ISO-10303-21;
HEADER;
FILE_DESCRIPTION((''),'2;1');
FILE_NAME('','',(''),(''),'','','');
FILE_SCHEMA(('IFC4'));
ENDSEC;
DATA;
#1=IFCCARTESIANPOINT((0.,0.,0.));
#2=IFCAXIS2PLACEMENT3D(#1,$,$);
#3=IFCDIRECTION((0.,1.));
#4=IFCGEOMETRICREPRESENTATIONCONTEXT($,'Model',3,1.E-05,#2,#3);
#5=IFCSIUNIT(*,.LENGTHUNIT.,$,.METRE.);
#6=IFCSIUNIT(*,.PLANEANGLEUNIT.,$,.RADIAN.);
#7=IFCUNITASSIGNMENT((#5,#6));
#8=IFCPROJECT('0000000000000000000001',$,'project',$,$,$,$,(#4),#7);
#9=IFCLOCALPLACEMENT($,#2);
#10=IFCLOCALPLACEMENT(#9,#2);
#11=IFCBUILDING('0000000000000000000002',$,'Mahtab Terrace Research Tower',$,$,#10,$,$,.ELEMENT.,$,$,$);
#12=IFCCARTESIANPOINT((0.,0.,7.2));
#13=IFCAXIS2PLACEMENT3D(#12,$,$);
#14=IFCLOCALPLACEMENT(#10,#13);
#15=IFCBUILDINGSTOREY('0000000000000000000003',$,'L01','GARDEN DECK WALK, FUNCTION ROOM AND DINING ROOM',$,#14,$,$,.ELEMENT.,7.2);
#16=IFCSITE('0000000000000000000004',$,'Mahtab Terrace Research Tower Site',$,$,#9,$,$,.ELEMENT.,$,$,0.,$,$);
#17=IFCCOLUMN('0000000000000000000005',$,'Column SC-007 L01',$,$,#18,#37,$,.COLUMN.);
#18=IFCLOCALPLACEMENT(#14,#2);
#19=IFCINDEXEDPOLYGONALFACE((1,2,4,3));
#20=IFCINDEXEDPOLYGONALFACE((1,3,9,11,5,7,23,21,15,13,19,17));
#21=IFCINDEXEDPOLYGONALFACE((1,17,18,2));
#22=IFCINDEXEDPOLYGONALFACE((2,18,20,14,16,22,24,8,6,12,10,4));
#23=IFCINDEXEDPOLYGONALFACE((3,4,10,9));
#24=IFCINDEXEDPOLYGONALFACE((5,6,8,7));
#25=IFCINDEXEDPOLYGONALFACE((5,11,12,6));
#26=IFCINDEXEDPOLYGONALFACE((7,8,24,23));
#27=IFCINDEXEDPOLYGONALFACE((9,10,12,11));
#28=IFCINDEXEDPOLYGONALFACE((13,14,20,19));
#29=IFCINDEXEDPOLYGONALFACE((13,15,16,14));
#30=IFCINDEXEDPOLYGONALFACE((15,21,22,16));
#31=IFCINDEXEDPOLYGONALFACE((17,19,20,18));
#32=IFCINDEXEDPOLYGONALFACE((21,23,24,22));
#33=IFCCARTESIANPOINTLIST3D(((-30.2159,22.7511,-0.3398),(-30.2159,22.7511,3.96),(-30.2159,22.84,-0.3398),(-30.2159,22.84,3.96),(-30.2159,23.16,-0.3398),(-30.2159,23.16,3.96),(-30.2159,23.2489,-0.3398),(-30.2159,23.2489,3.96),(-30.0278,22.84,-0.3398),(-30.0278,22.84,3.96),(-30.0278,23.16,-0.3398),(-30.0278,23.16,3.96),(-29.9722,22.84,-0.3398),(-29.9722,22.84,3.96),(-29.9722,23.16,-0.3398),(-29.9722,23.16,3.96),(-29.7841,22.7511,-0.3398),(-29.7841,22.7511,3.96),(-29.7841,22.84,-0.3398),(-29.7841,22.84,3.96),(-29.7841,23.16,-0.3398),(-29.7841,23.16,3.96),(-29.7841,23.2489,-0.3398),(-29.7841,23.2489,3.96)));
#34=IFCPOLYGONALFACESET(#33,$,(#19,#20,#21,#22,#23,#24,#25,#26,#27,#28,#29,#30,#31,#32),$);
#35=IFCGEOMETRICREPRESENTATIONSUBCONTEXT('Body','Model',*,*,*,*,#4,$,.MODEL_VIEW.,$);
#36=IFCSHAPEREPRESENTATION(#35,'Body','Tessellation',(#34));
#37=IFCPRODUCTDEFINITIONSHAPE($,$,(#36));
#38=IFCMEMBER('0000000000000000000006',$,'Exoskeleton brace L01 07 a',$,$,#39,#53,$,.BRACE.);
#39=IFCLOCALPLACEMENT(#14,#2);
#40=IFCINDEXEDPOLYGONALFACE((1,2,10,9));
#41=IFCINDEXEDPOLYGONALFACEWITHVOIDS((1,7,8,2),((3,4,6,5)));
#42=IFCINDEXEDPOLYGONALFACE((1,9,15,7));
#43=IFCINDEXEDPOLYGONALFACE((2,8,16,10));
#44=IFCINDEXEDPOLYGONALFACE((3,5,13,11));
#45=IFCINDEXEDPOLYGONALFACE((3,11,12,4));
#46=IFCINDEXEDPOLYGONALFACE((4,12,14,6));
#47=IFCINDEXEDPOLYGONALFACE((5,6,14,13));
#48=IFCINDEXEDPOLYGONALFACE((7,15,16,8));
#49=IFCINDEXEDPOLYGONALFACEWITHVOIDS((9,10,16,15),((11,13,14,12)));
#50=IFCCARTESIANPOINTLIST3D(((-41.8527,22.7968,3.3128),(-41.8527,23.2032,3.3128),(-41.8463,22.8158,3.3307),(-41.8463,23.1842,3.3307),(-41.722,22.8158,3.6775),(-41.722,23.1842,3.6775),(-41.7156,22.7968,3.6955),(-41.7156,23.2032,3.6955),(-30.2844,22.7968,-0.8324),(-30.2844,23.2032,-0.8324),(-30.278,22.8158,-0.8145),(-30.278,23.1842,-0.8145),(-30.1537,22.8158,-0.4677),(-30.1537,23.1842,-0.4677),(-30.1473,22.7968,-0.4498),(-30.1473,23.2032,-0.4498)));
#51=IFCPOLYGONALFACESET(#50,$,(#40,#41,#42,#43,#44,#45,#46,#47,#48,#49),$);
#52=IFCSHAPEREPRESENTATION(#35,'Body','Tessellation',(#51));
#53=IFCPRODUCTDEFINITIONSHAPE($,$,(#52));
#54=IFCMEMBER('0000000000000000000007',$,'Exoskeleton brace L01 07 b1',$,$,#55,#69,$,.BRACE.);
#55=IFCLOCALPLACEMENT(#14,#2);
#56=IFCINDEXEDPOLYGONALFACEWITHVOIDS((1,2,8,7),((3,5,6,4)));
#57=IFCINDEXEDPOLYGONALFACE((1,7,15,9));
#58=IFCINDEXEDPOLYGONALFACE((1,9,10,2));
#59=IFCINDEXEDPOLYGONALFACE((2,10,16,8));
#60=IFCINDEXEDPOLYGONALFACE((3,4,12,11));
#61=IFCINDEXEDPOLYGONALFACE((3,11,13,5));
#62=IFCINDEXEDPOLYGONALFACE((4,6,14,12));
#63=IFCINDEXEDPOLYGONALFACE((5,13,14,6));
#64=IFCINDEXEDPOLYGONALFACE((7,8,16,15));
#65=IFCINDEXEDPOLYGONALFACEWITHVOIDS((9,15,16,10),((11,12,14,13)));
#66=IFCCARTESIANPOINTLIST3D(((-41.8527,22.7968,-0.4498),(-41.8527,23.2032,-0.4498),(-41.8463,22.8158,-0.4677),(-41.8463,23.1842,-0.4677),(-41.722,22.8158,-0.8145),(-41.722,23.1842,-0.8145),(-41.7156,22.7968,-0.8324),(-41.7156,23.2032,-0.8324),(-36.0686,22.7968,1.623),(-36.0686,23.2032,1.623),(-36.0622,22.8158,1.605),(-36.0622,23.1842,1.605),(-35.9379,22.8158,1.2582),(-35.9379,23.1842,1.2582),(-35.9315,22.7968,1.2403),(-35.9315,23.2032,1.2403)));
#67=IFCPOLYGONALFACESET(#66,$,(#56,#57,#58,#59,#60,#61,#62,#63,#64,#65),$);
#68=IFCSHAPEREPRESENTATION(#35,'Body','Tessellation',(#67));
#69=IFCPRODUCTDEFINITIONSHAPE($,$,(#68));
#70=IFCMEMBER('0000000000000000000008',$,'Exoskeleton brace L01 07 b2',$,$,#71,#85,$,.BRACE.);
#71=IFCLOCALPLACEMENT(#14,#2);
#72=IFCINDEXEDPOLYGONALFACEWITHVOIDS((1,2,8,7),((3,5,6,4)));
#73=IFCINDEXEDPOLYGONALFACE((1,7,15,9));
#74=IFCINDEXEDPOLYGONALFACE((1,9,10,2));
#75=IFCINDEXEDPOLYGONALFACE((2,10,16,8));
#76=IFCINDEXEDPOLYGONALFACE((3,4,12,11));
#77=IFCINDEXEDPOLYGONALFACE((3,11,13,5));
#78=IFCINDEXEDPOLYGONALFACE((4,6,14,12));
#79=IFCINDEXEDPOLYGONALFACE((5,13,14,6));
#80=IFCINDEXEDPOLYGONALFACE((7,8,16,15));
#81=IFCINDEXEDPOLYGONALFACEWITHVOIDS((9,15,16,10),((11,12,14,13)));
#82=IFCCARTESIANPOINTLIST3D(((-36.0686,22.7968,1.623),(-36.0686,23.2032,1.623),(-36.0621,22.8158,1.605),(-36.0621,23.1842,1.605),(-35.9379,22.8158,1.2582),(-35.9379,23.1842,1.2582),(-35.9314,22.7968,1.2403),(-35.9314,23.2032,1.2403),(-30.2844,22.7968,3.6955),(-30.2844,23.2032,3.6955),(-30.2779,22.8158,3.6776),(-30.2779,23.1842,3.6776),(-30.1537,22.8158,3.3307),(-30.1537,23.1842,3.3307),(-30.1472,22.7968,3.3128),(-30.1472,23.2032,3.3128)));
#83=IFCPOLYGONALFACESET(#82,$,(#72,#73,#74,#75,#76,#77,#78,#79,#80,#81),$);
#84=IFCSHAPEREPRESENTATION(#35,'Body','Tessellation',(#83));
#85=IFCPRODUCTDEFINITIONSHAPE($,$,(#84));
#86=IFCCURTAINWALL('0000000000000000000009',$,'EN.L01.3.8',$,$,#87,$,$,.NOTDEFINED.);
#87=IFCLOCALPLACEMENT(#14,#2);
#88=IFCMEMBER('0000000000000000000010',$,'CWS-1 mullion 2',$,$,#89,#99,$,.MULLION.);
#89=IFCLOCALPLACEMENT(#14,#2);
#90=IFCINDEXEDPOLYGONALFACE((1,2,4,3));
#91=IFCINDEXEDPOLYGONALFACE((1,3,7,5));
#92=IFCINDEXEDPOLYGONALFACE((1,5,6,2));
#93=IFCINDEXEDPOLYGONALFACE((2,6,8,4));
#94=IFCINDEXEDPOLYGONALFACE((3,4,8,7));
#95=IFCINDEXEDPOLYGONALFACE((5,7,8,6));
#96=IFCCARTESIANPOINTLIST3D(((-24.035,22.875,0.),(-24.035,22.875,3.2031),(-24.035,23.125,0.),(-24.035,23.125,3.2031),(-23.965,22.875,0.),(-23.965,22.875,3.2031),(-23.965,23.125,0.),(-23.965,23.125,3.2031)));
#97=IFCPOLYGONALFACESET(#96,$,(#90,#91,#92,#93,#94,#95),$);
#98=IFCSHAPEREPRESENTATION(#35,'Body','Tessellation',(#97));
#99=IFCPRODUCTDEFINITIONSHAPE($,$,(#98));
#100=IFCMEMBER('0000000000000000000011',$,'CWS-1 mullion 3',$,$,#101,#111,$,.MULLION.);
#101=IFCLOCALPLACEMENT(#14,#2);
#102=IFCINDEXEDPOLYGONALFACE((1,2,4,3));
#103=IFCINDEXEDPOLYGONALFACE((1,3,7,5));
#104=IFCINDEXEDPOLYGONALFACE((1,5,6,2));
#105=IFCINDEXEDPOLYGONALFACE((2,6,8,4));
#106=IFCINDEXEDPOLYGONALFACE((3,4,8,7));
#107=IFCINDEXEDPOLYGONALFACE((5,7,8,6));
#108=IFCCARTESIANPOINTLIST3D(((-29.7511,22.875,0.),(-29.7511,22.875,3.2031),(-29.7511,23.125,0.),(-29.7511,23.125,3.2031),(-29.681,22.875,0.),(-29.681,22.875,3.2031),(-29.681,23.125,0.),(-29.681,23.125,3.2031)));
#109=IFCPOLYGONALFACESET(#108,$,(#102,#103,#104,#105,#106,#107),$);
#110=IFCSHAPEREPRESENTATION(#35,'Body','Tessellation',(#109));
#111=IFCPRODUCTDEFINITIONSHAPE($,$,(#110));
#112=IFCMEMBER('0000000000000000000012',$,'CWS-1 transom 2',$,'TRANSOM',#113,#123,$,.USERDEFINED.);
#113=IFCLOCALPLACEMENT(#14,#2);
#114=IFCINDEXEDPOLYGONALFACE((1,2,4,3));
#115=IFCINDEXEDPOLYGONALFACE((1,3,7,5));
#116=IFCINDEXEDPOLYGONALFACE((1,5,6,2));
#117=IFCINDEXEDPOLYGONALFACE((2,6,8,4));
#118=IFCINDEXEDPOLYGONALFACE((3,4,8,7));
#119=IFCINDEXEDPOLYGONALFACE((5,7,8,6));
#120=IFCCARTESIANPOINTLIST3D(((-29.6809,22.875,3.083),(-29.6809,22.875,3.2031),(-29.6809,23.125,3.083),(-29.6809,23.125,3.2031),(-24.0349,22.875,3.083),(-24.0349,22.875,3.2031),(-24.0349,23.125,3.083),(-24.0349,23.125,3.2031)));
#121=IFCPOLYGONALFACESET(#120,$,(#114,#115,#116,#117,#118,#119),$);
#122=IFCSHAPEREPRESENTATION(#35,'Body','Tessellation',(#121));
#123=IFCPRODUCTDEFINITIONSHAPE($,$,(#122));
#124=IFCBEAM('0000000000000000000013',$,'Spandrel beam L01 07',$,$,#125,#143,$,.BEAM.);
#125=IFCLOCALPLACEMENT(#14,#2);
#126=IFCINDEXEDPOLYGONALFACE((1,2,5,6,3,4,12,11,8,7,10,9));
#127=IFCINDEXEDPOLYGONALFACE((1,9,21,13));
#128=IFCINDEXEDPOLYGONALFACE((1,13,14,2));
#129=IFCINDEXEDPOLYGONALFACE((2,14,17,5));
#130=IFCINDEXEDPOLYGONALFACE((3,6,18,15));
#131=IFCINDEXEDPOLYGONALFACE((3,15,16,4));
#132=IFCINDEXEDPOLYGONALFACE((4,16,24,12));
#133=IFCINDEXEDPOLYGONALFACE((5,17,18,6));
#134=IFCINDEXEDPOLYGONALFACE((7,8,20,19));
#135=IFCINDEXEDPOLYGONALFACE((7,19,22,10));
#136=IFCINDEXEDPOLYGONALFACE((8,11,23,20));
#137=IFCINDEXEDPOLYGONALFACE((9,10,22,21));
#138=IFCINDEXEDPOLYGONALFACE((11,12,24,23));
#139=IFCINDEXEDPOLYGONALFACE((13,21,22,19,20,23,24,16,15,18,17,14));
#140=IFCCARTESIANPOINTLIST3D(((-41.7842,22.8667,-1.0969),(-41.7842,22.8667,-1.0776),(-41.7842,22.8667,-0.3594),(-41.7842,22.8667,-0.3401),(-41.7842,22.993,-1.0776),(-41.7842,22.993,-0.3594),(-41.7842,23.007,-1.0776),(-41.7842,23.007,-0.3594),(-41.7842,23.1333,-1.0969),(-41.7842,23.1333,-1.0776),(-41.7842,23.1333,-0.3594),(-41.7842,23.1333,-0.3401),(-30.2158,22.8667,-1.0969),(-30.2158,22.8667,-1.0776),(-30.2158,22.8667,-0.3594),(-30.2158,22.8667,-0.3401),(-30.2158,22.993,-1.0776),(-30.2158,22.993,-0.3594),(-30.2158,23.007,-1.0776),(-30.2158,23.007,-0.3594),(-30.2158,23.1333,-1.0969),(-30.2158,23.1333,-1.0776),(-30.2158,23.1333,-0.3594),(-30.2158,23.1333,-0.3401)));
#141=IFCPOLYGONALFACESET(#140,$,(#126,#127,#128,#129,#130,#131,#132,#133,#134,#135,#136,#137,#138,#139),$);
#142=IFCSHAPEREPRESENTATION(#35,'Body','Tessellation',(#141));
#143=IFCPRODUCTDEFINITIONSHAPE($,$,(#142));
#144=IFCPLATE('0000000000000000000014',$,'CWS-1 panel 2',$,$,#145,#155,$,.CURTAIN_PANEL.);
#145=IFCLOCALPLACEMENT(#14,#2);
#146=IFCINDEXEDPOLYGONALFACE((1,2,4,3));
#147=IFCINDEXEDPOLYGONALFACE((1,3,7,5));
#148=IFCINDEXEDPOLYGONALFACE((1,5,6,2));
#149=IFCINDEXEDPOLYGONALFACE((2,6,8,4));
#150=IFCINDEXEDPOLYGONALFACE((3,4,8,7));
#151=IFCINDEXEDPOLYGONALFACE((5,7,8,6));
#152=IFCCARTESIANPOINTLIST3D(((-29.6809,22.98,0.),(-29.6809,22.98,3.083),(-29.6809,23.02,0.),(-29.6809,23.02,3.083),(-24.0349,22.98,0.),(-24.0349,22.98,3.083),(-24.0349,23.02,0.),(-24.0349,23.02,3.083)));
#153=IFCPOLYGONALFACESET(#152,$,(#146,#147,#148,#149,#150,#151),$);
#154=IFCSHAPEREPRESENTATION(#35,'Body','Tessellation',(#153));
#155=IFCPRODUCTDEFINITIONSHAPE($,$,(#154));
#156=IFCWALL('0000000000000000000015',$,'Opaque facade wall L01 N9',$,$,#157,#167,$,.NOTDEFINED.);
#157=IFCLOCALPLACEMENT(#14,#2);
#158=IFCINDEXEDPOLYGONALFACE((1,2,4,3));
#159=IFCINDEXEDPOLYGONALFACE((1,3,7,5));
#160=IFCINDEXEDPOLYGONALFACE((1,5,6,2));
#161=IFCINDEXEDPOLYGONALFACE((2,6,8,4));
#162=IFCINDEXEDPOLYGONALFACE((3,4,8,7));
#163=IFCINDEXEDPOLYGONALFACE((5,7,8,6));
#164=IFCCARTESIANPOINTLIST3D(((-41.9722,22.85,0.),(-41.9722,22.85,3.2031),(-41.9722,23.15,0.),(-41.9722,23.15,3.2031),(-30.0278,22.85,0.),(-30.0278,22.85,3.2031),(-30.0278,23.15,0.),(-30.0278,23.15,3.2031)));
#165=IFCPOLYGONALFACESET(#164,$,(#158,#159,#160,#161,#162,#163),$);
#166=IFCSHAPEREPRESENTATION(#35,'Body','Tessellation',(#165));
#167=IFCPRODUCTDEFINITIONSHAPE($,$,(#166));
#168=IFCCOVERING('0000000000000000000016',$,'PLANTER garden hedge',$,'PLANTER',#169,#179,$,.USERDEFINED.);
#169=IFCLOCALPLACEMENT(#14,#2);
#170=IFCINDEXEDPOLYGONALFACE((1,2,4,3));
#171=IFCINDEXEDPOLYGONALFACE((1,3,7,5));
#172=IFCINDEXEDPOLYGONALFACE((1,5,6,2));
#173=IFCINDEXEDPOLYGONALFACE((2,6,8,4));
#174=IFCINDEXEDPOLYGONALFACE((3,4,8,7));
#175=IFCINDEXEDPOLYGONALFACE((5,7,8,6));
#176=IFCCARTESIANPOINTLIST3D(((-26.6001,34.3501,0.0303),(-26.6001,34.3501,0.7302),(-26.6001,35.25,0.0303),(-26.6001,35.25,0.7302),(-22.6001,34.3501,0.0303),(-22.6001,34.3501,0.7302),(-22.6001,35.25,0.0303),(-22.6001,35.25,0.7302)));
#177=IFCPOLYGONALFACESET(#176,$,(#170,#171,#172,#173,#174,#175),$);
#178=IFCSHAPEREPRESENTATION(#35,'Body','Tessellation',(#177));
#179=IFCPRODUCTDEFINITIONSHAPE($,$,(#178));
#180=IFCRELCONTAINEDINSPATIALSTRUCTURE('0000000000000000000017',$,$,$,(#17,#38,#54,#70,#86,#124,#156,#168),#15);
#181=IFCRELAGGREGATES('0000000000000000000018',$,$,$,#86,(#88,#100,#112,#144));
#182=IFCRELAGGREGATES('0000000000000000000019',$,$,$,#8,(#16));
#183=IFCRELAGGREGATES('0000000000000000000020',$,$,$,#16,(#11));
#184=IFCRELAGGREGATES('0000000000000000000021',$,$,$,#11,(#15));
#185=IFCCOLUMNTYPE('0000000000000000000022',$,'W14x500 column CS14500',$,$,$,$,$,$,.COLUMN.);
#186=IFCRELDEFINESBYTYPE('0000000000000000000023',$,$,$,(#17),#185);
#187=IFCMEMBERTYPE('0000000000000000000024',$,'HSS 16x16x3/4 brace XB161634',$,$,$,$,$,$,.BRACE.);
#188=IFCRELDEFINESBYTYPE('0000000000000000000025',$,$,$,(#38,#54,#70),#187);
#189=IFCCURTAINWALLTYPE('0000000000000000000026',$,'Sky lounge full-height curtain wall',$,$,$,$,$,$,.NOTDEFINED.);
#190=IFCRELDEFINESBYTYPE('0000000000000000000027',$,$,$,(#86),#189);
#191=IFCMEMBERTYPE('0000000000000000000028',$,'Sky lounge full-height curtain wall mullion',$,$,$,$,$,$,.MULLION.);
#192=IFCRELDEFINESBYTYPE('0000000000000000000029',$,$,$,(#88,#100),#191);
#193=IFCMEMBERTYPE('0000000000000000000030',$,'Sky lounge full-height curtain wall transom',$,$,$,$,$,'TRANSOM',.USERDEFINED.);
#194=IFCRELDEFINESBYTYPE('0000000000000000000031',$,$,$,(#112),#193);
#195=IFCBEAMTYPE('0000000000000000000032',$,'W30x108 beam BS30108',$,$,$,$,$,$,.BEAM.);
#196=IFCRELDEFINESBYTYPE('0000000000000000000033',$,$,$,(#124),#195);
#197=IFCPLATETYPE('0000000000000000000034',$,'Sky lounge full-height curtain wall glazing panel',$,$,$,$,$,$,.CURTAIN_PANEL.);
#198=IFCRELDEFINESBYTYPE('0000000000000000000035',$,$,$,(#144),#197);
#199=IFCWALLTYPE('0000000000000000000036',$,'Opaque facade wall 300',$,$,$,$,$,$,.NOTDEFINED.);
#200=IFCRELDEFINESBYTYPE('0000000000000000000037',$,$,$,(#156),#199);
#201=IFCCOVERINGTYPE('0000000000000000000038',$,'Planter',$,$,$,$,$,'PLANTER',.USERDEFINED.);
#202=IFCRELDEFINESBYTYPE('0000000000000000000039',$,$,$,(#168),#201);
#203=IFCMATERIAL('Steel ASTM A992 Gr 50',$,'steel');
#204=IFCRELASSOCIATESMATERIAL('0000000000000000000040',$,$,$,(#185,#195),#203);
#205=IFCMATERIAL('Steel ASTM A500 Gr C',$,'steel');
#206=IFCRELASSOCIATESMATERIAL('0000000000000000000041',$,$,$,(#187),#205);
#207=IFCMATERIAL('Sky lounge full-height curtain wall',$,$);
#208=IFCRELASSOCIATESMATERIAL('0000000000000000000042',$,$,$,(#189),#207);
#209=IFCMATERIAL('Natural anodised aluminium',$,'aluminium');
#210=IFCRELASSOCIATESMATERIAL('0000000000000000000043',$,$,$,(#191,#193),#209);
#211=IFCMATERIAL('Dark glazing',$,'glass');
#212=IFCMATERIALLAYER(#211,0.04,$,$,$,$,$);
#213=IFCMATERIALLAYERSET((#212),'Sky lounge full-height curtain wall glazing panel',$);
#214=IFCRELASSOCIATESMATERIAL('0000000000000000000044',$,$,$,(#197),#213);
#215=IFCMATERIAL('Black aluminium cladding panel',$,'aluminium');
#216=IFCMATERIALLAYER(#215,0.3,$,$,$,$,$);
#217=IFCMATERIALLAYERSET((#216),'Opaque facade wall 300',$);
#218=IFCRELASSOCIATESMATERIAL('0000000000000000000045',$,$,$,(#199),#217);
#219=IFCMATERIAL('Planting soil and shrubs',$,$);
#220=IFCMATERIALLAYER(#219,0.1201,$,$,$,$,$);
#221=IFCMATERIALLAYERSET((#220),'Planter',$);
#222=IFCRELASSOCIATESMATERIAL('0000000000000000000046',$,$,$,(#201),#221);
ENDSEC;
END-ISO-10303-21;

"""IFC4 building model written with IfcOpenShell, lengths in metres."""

from ifc_helpers import new_model, si_unit, direction, frame, frame_2d, origin, origin_2d, place, context, subcontext, project, spatial, rectangle, hollow_rectangle, i_section, extrude, material, layer, layer_set, material_profile, profile_set, type_object, element, aggregate, save


model = new_model("IFC4")

# Units and contexts
model_context = context("Model", 3, precision=1e-05, world=origin(), true_north=direction((0.0, 1.0)))
body_context = subcontext(model_context, "Body", "Model", "MODEL_VIEW")
ifc_project = project(units=[si_unit("LENGTHUNIT", "METRE"), si_unit("PLANEANGLEUNIT", "RADIAN")], contexts=[model_context])

# Site, building, storey
site_placement = place(None, origin())
site = spatial("IfcSite", under=ifc_project, at=site_placement, Name="Mahtab Terrace Research Tower Site", CompositionType="ELEMENT", RefElevation=0.0)
building_placement = place(site_placement, origin())
building = spatial("IfcBuilding", under=site, at=building_placement, Name="Mahtab Terrace Research Tower", CompositionType="ELEMENT")
storey_placement = place(building_placement, frame((0.0, 0.0, 7.2)))
storey = spatial("IfcBuildingStorey", under=building, at=storey_placement, Name="L01", Description="GARDEN DECK WALK, FUNCTION ROOM AND DINING ROOM", CompositionType="ELEMENT", Elevation=7.2)

# Column
ifc_material_1 = material(Name="Steel ASTM A992 Gr 50", Category="steel")
ifc_material_profile_1 = material_profile(ifc_material_1, i_section(OverallWidth=0.4319, OverallDepth=0.4978, WebThickness=0.0557, FlangeThickness=0.0889, at=origin_2d()), Name="W14X500")
ifc_profile_set_1 = profile_set([ifc_material_profile_1], Name="Steel ASTM A992 Gr 50")
column_type = type_object("IfcColumnType", Name="W14x500 column CS14500", PredefinedType="COLUMN", material=ifc_profile_set_1)
column_placement = place(storey_placement, frame((-30.0, 23.0, -0.3398), z_axis=(0.0, 0.0, 1.0), x_axis=(1.0, 0.0, 0.0)))
element("IfcColumn", 1, at=column_placement, inside=storey, type_object=column_type, Name="Column SC-007 L01", PredefinedType="COLUMN", context=body_context, shape_type="SweptSolid", body=[
    extrude(i_section(OverallWidth=0.4319, OverallDepth=0.4978, WebThickness=0.0557, FlangeThickness=0.0889, at=origin_2d()), origin(), (0.0, 0.0, 1.0), 4.2998),
])

# Members
ifc_material_2 = material(Name="Steel ASTM A500 Gr C", Category="steel")
ifc_material_profile_2 = material_profile(ifc_material_2, hollow_rectangle(XDim=0.4065, YDim=0.4065, WallThickness=0.019, at=origin_2d()), Name="HSS16X16X3/4")
ifc_profile_set_2 = profile_set([ifc_material_profile_2], Name="Steel ASTM A500 Gr C")
member_type_1 = type_object("IfcMemberType", Name="HSS 16x16x3/4 brace XB161634", PredefinedType="BRACE", material=ifc_profile_set_2)
member_1_placement = place(storey_placement, frame((-30.2158, 23.0, -0.6411), z_axis=(-0.941388, 0.0, 0.337325), x_axis=(0.0, -1.0, 0.0)))
element("IfcMember", 2, at=member_1_placement, inside=storey, type_object=member_type_1, Name="Exoskeleton brace L01 07 a", PredefinedType="BRACE", context=body_context, shape_type="SweptSolid", body=[
    extrude(hollow_rectangle(XDim=0.4065, YDim=0.4065, WallThickness=0.019, at=origin_2d()), origin(), (0.0, 0.0, 1.0), 12.2886),
])
for number, where, z_axis, x_axis, name in (
    (3, (-41.7842, 23.0, -0.6411), (0.941382, 0.0, 0.337343), (0.0, 1.0, 0.0), "Exoskeleton brace L01 07 b1"),
    (4, (-36.0, 23.0, 1.4316), (0.941394, 0.0, 0.337308), (0.0, 1.0, 0.0), "Exoskeleton brace L01 07 b2"),
):
    element("IfcMember", number, at=place(storey_placement, frame(where, z_axis=z_axis, x_axis=x_axis)), inside=storey, type_object=member_type_1, Name=name, PredefinedType="BRACE", context=body_context, shape_type="SweptSolid", body=[
        extrude(hollow_rectangle(XDim=0.4065, YDim=0.4065, WallThickness=0.019, at=origin_2d()), origin(), (0.0, 0.0, 1.0), 6.1443),
    ])

# Curtain wall, members
ifc_material_3 = material(Name="Sky lounge full-height curtain wall")
curtain_wall_type = type_object("IfcCurtainWallType", Name="Sky lounge full-height curtain wall", PredefinedType="NOTDEFINED", material=ifc_material_3)
curtain_wall_placement = place(storey_placement, origin())
curtain_wall = element("IfcCurtainWall", 5, at=curtain_wall_placement, inside=storey, type_object=curtain_wall_type, Name="EN.L01.3.8", PredefinedType="NOTDEFINED")
ifc_material_4 = material(Name="Natural anodised aluminium", Category="aluminium")
ifc_material_profile_3 = material_profile(ifc_material_4, rectangle(XDim=0.25, YDim=0.0701, at=origin_2d()), Name="MULLION 70x250")
ifc_profile_set_3 = profile_set([ifc_material_profile_3], Name="Natural anodised aluminium")
member_type_2 = type_object("IfcMemberType", Name="Sky lounge full-height curtain wall mullion", PredefinedType="MULLION", material=ifc_profile_set_3)
member_2_placement = place(storey_placement, frame((-24.0, 23.0, 0.0), z_axis=(0.0, 0.0, 1.0), x_axis=(0.0, -1.0, 0.0)))
member_2 = element("IfcMember", 6, at=member_2_placement, type_object=member_type_2, Name="CWS-1 mullion 2", PredefinedType="MULLION", context=body_context, shape_type="SweptSolid", body=[
    extrude(rectangle(XDim=0.25, YDim=0.0701, at=origin_2d()), origin(), (0.0, 0.0, 1.0), 3.2031),
])
member_3_placement = place(storey_placement, frame((-29.7161, 23.0, 0.0), z_axis=(0.0, 0.0, 1.0), x_axis=(0.0, -1.0, 0.0)))
member_3 = element("IfcMember", 7, at=member_3_placement, type_object=member_type_2, Name="CWS-1 mullion 3", PredefinedType="MULLION", context=body_context, shape_type="SweptSolid", body=[
    extrude(rectangle(XDim=0.25, YDim=0.0701, at=origin_2d()), origin(), (0.0, 0.0, 1.0), 3.2031),
])
ifc_material_profile_4 = material_profile(ifc_material_4, rectangle(XDim=0.25, YDim=0.1201, at=origin_2d()), Name="TRANSOM 120x250")
ifc_profile_set_4 = profile_set([ifc_material_profile_4], Name="Natural anodised aluminium")
member_type_3 = type_object("IfcMemberType", Name="Sky lounge full-height curtain wall transom", ElementType="TRANSOM", PredefinedType="USERDEFINED", material=ifc_profile_set_4)
member_4_placement = place(storey_placement, frame((-24.0349, 23.0, 3.1431), z_axis=(-1.0, 0.0, 0.0), x_axis=(0.0, -1.0, 0.0)))
member_4 = element("IfcMember", 8, at=member_4_placement, type_object=member_type_3, Name="CWS-1 transom 2", ObjectType="TRANSOM", PredefinedType="USERDEFINED", context=body_context, shape_type="SweptSolid", body=[
    extrude(rectangle(XDim=0.25, YDim=0.1201, at=origin_2d()), origin(), (0.0, 0.0, 1.0), 5.646),
])

# Beam
ifc_material_profile_5 = material_profile(ifc_material_1, i_section(OverallWidth=0.2666, OverallDepth=0.7568, WebThickness=0.0139, FlangeThickness=0.0193, at=origin_2d()), Name="W30X108")
ifc_profile_set_5 = profile_set([ifc_material_profile_5], Name="Steel ASTM A992 Gr 50")
beam_type = type_object("IfcBeamType", Name="W30x108 beam BS30108", PredefinedType="BEAM", material=ifc_profile_set_5)
beam_placement = place(storey_placement, frame((-30.2158, 23.0, -0.7185), z_axis=(-1.0, 0.0, 0.0), x_axis=(0.0, -1.0, 0.0)))
element("IfcBeam", 9, at=beam_placement, inside=storey, type_object=beam_type, Name="Spandrel beam L01 07", PredefinedType="BEAM", context=body_context, shape_type="SweptSolid", body=[
    extrude(i_section(OverallWidth=0.2666, OverallDepth=0.7568, WebThickness=0.0139, FlangeThickness=0.0193, at=origin_2d()), origin(), (0.0, 0.0, 1.0), 11.5684),
])

# Plate
ifc_material_5 = material(Name="Dark glazing", Category="glass")
ifc_layer_1 = layer(ifc_material_5, 0.04)
ifc_layer_set_1 = layer_set([ifc_layer_1], Name="Sky lounge full-height curtain wall glazing panel")
plate_type = type_object("IfcPlateType", Name="Sky lounge full-height curtain wall glazing panel", PredefinedType="CURTAIN_PANEL", material=ifc_layer_set_1)
plate_placement = place(storey_placement, frame((-26.8579, 23.0, 0.0), z_axis=(0.0, 0.0, 1.0), x_axis=(-1.0, 0.0, 0.0)))
plate = element("IfcPlate", 10, at=plate_placement, type_object=plate_type, Name="CWS-1 panel 2", PredefinedType="CURTAIN_PANEL", context=body_context, shape_type="SweptSolid", body=[
    extrude(rectangle(XDim=5.646, YDim=0.04, at=origin_2d()), origin(), (0.0, 0.0, 1.0), 3.083),
])
aggregate(curtain_wall, [member_2, member_3, member_4, plate])

# Wall
ifc_material_6 = material(Name="Black aluminium cladding panel", Category="aluminium")
ifc_layer_2 = layer(ifc_material_6, 0.3)
ifc_layer_set_2 = layer_set([ifc_layer_2], Name="Opaque facade wall 300")
wall_type = type_object("IfcWallType", Name="Opaque facade wall 300", PredefinedType="NOTDEFINED", material=ifc_layer_set_2)
wall_placement = place(storey_placement, frame((-30.0278, 23.0, 0.0), z_axis=(0.0, 0.0, 1.0), x_axis=(-1.0, 0.0, 0.0)))
element("IfcWall", 11, at=wall_placement, inside=storey, type_object=wall_type, Name="Opaque facade wall L01 N9", PredefinedType="NOTDEFINED", context=body_context, shape_type="SweptSolid", body=[
    extrude(rectangle(XDim=11.9443, YDim=0.3, at=frame_2d((5.9722, 0.0))), origin(), (0.0, 0.0, 1.0), 3.2031),
])

# Covering
ifc_material_7 = material(Name="Planting soil and shrubs")
ifc_layer_3 = layer(ifc_material_7, 0.1201)
ifc_layer_set_3 = layer_set([ifc_layer_3], Name="Planter")
covering_type = type_object("IfcCoveringType", Name="Planter", ElementType="PLANTER", PredefinedType="USERDEFINED", material=ifc_layer_set_3)
for number, where, z_axis, x_axis, name in (
    (12, (-24.6001, 34.8, 0.0303), (0.0, 0.0, 1.0), (-1.0, 0.0, 0.0), "PLANTER garden hedge"),
):
    element("IfcCovering", number, at=place(storey_placement, frame(where, z_axis=z_axis, x_axis=x_axis)), inside=storey, type_object=covering_type, Name=name, ObjectType="PLANTER", PredefinedType="USERDEFINED", context=body_context, shape_type="SweptSolid", body=[
        extrude(rectangle(XDim=4.0, YDim=0.8999, at=origin_2d()), origin(), (0.0, 0.0, 1.0), 0.7),
    ])

save(model, "model.ifc")
